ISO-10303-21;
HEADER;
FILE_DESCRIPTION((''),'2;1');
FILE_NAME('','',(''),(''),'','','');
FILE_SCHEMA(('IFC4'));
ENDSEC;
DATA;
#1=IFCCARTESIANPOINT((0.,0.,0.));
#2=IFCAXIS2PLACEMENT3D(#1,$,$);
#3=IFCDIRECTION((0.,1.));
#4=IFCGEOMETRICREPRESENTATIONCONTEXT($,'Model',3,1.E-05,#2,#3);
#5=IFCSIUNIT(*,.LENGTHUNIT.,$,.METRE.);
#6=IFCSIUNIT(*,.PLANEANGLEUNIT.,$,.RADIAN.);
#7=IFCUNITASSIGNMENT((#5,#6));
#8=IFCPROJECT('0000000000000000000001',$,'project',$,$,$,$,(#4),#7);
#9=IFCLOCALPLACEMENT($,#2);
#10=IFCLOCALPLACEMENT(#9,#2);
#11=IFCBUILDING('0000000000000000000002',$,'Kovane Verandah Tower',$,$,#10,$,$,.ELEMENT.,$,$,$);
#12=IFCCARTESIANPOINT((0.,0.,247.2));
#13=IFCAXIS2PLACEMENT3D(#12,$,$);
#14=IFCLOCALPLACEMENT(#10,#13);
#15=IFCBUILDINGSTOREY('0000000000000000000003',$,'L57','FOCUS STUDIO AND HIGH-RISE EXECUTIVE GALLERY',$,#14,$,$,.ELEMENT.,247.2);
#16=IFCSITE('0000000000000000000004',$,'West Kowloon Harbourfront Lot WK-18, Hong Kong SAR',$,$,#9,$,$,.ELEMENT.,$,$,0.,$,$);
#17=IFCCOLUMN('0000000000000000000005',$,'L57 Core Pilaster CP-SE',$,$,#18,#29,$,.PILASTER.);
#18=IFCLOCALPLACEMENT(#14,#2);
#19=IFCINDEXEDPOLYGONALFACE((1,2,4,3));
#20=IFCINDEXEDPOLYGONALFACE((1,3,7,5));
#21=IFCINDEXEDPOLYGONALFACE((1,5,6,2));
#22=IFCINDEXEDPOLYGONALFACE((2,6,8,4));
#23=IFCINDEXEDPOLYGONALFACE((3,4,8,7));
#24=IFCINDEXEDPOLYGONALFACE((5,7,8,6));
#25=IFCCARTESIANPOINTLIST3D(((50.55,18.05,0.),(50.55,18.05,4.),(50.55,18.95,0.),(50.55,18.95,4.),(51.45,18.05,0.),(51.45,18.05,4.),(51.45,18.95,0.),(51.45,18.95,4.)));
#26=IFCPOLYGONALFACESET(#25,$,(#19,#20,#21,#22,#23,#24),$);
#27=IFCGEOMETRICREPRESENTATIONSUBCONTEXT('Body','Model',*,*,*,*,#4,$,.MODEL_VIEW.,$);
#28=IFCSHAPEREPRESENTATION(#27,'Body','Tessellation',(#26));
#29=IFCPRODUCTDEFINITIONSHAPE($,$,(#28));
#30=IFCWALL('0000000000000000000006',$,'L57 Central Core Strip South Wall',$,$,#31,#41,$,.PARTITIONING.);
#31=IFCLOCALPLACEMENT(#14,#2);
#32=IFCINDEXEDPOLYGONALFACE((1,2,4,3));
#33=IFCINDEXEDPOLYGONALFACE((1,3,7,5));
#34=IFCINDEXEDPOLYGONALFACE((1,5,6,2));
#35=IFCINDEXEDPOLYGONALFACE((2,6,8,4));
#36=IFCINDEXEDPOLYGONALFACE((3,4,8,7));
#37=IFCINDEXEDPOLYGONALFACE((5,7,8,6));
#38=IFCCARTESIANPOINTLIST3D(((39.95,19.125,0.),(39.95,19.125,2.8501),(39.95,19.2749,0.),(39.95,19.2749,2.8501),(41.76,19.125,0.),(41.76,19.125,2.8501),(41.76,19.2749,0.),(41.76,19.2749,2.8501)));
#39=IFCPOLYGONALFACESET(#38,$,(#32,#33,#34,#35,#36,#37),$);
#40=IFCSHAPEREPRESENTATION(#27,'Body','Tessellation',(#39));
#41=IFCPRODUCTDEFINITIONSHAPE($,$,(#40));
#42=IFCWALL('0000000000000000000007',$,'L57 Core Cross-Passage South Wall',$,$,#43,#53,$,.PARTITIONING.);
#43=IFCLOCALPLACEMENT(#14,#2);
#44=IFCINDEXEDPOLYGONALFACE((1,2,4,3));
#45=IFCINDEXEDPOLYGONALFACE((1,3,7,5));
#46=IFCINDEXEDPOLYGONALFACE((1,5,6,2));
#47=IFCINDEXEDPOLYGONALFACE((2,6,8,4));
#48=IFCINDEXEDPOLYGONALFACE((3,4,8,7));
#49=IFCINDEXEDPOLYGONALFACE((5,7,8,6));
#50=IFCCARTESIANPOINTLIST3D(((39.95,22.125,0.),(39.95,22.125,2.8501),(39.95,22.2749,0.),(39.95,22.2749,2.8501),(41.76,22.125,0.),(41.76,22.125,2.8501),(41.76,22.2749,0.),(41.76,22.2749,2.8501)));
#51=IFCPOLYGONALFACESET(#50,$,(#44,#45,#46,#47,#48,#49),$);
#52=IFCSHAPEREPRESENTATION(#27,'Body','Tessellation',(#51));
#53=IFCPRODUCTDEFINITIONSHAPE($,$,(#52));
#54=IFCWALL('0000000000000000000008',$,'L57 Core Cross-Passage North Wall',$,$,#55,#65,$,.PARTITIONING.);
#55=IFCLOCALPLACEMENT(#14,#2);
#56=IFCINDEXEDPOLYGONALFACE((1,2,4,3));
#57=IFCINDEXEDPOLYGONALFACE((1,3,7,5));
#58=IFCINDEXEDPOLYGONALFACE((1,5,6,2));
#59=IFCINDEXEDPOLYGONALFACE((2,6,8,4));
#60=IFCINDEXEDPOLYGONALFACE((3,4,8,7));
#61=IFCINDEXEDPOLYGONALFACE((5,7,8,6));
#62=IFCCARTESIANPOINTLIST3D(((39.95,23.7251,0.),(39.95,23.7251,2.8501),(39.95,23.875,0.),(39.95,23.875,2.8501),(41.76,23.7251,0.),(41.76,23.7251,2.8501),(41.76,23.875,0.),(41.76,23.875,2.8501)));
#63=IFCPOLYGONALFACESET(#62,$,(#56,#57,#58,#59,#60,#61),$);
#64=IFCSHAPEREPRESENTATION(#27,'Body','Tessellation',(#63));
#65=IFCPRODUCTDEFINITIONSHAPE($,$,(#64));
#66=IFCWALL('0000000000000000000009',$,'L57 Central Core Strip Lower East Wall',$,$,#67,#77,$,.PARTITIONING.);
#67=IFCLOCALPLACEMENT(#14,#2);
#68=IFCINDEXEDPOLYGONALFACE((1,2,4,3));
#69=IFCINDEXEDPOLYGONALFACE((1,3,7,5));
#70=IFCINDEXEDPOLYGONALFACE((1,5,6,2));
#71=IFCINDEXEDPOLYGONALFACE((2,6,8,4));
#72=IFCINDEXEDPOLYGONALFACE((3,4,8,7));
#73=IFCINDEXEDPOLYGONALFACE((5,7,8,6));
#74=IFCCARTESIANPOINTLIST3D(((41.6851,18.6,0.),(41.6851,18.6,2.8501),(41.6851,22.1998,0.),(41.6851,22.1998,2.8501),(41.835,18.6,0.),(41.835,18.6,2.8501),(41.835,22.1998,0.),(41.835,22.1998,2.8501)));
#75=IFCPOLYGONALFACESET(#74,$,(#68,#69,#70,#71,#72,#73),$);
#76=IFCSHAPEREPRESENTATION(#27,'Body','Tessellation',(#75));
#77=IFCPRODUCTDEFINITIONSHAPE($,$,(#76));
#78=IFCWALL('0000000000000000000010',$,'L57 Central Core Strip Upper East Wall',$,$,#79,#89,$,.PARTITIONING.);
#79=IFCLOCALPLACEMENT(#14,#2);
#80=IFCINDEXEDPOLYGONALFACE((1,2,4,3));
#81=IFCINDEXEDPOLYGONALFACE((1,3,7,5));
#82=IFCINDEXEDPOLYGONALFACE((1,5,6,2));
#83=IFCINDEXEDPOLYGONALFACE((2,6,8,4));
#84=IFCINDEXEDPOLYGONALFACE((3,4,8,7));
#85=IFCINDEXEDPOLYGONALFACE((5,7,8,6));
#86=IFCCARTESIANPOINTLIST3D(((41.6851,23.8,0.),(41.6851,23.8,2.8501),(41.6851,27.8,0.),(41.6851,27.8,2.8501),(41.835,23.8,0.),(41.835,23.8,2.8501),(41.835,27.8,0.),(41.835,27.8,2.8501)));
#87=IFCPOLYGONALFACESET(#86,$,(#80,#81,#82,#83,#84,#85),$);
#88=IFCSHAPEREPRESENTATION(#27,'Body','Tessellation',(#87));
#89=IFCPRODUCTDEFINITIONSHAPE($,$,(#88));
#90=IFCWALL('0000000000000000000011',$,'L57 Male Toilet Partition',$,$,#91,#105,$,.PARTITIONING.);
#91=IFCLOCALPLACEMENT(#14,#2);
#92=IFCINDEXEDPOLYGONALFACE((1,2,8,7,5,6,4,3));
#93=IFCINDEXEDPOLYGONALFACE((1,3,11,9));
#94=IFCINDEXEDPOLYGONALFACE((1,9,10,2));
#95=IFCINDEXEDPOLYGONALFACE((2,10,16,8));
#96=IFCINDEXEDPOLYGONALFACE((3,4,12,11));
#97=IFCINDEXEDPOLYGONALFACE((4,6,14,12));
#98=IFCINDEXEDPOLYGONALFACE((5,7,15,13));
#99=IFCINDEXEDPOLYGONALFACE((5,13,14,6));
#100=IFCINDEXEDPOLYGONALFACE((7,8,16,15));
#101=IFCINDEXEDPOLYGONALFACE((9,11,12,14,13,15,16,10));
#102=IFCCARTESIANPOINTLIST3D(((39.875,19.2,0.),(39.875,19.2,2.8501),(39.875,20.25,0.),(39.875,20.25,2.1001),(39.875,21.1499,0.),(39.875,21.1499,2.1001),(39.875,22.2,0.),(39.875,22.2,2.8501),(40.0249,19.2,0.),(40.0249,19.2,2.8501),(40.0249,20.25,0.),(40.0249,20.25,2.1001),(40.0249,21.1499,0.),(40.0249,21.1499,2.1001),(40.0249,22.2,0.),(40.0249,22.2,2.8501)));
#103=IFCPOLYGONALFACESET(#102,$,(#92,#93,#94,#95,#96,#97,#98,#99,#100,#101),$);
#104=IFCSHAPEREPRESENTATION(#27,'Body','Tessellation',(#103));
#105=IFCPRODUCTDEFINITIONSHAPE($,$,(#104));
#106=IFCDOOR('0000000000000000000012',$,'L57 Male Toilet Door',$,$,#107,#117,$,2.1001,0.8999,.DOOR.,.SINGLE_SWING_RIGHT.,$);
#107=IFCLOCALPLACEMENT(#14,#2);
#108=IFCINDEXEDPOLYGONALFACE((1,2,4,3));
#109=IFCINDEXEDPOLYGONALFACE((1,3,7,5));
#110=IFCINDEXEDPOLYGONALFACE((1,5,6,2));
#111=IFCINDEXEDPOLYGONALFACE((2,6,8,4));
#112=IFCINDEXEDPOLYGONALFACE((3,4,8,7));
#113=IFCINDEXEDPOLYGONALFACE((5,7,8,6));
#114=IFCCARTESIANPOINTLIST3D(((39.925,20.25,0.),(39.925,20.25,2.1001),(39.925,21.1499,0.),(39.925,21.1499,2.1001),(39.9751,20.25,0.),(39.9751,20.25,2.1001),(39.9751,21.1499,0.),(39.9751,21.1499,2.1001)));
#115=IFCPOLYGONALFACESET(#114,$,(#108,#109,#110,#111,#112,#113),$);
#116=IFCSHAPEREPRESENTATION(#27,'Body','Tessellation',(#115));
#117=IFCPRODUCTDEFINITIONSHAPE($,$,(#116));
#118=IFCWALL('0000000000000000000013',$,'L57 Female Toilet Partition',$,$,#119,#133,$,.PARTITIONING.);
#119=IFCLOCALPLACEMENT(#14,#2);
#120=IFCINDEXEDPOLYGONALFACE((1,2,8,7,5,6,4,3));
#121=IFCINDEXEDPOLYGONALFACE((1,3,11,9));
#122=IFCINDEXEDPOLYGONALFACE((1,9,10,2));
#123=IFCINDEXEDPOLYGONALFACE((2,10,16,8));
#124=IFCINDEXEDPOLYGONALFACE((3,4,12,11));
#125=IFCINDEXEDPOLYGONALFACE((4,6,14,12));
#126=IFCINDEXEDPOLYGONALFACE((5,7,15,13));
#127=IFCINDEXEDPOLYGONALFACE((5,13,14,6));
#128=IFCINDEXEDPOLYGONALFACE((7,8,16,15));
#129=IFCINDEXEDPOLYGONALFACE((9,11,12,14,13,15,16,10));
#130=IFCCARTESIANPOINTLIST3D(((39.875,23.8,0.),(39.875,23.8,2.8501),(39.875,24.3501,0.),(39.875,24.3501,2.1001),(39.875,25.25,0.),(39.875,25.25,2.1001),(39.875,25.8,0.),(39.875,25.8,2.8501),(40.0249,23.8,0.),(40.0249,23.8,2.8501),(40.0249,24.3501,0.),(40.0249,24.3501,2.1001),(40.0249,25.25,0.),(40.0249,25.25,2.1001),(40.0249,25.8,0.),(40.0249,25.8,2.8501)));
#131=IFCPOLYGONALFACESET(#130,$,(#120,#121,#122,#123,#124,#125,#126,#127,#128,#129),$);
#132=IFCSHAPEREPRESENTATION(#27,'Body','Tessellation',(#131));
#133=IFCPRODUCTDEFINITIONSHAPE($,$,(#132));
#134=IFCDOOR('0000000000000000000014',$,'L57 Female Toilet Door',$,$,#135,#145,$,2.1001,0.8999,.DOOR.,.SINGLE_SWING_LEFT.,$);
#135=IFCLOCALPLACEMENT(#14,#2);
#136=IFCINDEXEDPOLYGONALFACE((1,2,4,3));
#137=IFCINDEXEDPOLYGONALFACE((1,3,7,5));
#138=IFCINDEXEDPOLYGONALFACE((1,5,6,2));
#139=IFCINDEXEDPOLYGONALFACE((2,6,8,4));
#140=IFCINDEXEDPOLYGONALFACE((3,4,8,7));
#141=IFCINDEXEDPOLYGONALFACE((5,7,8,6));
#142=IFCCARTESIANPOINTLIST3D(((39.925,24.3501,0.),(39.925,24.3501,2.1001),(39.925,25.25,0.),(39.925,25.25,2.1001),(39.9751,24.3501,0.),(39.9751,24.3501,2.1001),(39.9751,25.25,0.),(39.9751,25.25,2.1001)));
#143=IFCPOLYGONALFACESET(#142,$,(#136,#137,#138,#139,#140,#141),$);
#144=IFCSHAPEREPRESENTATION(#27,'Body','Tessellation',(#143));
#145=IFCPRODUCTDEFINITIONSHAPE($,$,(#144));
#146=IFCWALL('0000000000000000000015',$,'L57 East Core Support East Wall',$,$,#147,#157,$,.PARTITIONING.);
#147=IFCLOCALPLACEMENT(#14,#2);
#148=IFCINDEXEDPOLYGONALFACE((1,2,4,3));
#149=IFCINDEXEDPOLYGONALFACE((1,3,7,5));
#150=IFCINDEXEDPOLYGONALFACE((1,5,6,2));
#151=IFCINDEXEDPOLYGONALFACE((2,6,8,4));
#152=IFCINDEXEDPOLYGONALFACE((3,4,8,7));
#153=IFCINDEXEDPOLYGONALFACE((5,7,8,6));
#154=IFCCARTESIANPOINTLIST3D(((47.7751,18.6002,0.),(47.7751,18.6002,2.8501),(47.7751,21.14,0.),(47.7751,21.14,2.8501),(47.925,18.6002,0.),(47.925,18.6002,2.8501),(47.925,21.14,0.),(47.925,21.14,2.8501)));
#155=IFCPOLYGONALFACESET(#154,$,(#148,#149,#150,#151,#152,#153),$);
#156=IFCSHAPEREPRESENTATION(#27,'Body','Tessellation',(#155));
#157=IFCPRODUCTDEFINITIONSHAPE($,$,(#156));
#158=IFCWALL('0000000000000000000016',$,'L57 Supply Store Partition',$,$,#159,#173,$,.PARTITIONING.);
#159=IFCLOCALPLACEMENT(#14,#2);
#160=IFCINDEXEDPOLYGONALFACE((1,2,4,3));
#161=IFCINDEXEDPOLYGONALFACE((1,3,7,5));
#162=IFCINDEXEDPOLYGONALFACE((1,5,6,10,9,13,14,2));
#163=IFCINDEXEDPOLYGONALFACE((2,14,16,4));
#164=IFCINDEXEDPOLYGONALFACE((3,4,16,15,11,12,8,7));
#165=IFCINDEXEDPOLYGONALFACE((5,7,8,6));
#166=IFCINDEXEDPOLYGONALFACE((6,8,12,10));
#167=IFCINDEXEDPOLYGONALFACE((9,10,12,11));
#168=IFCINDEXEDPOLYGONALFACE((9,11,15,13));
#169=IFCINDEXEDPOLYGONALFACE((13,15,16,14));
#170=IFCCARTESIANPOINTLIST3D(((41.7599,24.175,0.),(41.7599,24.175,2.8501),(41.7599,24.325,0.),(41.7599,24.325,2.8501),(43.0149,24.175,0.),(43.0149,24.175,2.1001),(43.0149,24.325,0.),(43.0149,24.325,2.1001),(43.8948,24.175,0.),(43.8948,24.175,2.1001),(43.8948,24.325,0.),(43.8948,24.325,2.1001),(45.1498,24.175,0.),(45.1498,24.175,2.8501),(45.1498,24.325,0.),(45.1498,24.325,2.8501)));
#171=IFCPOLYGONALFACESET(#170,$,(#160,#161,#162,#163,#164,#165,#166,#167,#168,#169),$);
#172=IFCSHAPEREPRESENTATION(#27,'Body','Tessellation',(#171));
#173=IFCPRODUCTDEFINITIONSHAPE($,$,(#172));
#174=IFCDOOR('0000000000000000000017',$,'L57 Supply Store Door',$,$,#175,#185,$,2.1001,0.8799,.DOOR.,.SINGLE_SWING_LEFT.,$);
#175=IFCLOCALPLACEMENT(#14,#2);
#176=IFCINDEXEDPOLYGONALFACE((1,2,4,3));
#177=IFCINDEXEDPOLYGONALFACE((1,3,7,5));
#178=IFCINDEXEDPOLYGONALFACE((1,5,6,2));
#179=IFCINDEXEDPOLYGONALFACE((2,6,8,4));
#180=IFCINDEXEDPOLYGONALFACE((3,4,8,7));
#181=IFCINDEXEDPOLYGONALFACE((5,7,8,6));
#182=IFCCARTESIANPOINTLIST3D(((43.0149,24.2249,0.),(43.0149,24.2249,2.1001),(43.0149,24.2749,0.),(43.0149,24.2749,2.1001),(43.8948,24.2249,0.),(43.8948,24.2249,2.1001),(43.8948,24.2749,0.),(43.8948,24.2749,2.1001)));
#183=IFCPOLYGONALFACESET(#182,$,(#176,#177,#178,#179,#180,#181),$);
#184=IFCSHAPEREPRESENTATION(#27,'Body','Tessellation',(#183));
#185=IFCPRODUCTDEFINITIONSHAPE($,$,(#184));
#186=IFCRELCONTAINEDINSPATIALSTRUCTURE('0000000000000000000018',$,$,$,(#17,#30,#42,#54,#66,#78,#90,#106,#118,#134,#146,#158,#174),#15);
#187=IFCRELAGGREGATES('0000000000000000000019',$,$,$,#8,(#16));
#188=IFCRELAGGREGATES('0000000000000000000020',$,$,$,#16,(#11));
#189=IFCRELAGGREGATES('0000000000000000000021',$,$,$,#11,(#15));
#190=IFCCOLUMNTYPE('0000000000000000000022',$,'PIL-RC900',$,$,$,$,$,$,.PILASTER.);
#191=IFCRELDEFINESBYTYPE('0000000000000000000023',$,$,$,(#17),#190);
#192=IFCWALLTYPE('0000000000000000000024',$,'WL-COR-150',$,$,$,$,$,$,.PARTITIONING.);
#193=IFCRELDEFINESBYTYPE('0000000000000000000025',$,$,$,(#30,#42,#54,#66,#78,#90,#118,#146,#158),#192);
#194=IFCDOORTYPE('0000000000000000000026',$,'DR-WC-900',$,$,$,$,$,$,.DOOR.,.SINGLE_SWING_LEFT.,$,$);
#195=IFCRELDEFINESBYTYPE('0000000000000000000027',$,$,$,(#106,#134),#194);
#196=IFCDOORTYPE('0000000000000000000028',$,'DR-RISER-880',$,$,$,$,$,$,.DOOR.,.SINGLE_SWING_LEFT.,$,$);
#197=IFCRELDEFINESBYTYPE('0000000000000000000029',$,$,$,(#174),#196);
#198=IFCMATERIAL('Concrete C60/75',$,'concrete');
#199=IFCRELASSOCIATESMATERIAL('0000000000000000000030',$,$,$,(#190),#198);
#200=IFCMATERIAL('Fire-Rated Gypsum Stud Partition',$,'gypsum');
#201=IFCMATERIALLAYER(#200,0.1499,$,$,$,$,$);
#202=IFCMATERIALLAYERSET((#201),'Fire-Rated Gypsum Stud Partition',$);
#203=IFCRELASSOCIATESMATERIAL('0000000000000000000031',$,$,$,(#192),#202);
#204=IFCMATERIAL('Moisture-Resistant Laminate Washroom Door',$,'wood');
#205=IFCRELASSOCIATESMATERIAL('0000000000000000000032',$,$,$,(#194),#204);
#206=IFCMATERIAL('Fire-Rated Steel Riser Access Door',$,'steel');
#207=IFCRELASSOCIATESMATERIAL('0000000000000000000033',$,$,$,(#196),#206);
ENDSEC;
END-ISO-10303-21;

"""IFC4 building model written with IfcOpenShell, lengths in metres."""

from ifc_helpers import new_model, si_unit, direction, frame, frame_2d, origin, origin_2d, place, context, subcontext, project, spatial, rectangle, extrude, material, layer, layer_set, material_profile, profile_set, type_object, element, fill, save


model = new_model("IFC4")

# Units and contexts
model_context = context("Model", 3, precision=1e-05, world=origin(), true_north=direction((0.0, 1.0)))
body_context = subcontext(model_context, "Body", "Model", "MODEL_VIEW")
ifc_project = project(units=[si_unit("LENGTHUNIT", "METRE"), si_unit("PLANEANGLEUNIT", "RADIAN")], contexts=[model_context])

# Site, building, storey
site_placement = place(None, origin())
site = spatial("IfcSite", under=ifc_project, at=site_placement, Name="West Kowloon Harbourfront Lot WK-18, Hong Kong SAR", CompositionType="ELEMENT", RefElevation=0.0)
building_placement = place(site_placement, origin())
building = spatial("IfcBuilding", under=site, at=building_placement, Name="Kovane Verandah Tower", CompositionType="ELEMENT")
storey_placement = place(building_placement, frame((0.0, 0.0, 247.2)))
storey = spatial("IfcBuildingStorey", under=building, at=storey_placement, Name="L57", Description="FOCUS STUDIO AND HIGH-RISE EXECUTIVE GALLERY", CompositionType="ELEMENT", Elevation=247.2)

# Column
ifc_material_1 = material(Name="Concrete C60/75", Category="concrete")
ifc_material_profile = material_profile(ifc_material_1, rectangle(XDim=0.8999, YDim=0.8999, at=origin_2d()), Name="RC900x900")
ifc_profile_set = profile_set([ifc_material_profile], Name="Concrete C60/75")
column_type = type_object("IfcColumnType", Name="PIL-RC900", PredefinedType="PILASTER", material=ifc_profile_set)
column_placement = place(storey_placement, frame((51.0, 18.5, 0.0), z_axis=(0.0, 0.0, 1.0), x_axis=(1.0, 0.0, 0.0)))
element("IfcColumn", 1, at=column_placement, inside=storey, type_object=column_type, Name="L57 Core Pilaster CP-SE", PredefinedType="PILASTER", context=body_context, shape_type="SweptSolid", body=[
    extrude(rectangle(XDim=0.8999, YDim=0.8999, at=origin_2d()), origin(), (0.0, 0.0, 1.0), 4.0),
])

# Walls
ifc_material_2 = material(Name="Fire-Rated Gypsum Stud Partition", Category="gypsum")
ifc_layer_1 = layer(ifc_material_2, 0.1499)
ifc_layer_set_1 = layer_set([ifc_layer_1], Name="Fire-Rated Gypsum Stud Partition")
wall_type_1 = type_object("IfcWallType", Name="WL-COR-150", PredefinedType="PARTITIONING", material=ifc_layer_set_1)
for number, where, z_axis, x_axis, name in (
    (2, (39.95, 19.2, 0.0), (0.0, 0.0, 1.0), (1.0, 0.0, 0.0), "L57 Central Core Strip South Wall"),
    (3, (39.95, 22.2, 0.0), (0.0, 0.0, 1.0), (1.0, 0.0, 0.0), "L57 Core Cross-Passage South Wall"),
    (4, (39.95, 23.8, 0.0), (0.0, 0.0, 1.0), (1.0, 0.0, 0.0), "L57 Core Cross-Passage North Wall"),
):
    element("IfcWall", number, at=place(storey_placement, frame(where, z_axis=z_axis, x_axis=x_axis)), inside=storey, type_object=wall_type_1, Name=name, PredefinedType="PARTITIONING", context=body_context, shape_type="SweptSolid", body=[
        extrude(rectangle(XDim=1.8101, YDim=0.1499, at=frame_2d((0.905, 0.0))), origin(), (0.0, 0.0, 1.0), 2.8501),
    ])
wall_1_placement = place(storey_placement, frame((41.76, 18.6001, 0.0), z_axis=(0.0, 0.0, 1.0), x_axis=(0.0, 1.0, 0.0)))
element("IfcWall", 5, at=wall_1_placement, inside=storey, type_object=wall_type_1, Name="L57 Central Core Strip Lower East Wall", PredefinedType="PARTITIONING", context=body_context, shape_type="SweptSolid", body=[
    extrude(rectangle(XDim=3.5999, YDim=0.1499, at=frame_2d((1.7998, 0.0))), origin(), (0.0, 0.0, 1.0), 2.8501),
])
wall_2_placement = place(storey_placement, frame((41.76, 23.8, 0.0), z_axis=(0.0, 0.0, 1.0), x_axis=(0.0, 1.0, 0.0)))
element("IfcWall", 6, at=wall_2_placement, inside=storey, type_object=wall_type_1, Name="L57 Central Core Strip Upper East Wall", PredefinedType="PARTITIONING", context=body_context, shape_type="SweptSolid", body=[
    extrude(rectangle(XDim=4.0, YDim=0.1499, at=frame_2d((2.0, 0.0))), origin(), (0.0, 0.0, 1.0), 2.8501),
])

# Walls, openings, doors
wall_3_placement = place(storey_placement, frame((39.95, 19.2, 0.0), z_axis=(0.0, 0.0, 1.0), x_axis=(0.0, 1.0, 0.0)))
wall_3 = element("IfcWall", 7, at=wall_3_placement, inside=storey, type_object=wall_type_1, Name="L57 Male Toilet Partition", PredefinedType="PARTITIONING", context=body_context, shape_type="SweptSolid", body=[
    extrude(rectangle(XDim=3.0, YDim=0.1499, at=frame_2d((1.5, 0.0))), origin(), (0.0, 0.0, 1.0), 2.8501),
])
opening_1_placement = place(wall_3_placement, frame((1.05, 0.0, 0.0)))
opening_1 = element("IfcOpeningElement", 8, at=opening_1_placement, cuts=wall_3, PredefinedType="OPENING", context=body_context, shape_type="SweptSolid", body=[
    extrude(rectangle(XDim=0.8999, YDim=2.1001, at=frame_2d((0.45, 1.05))), frame((0.0, 0.075, 0.0), z_axis=(0.0, -1.0, 0.0), x_axis=(1.0, 0.0, 0.0)), (0.0, 0.0, 1.0), 0.1499),
])
ifc_material_3 = material(Name="Moisture-Resistant Laminate Washroom Door", Category="wood")
door_type_1 = type_object("IfcDoorType", Name="DR-WC-900", OperationType="SINGLE_SWING_LEFT", PredefinedType="DOOR", material=ifc_material_3)
door_1_placement = place(opening_1_placement, origin())
door_1 = element("IfcDoor", 9, at=door_1_placement, inside=storey, type_object=door_type_1, Name="L57 Male Toilet Door", OperationType="SINGLE_SWING_RIGHT", OverallHeight=2.1001, OverallWidth=0.8999, PredefinedType="DOOR", context=body_context, shape_type="SweptSolid", body=[
    extrude(rectangle(XDim=0.8999, YDim=2.1001, at=frame_2d((0.45, 1.05))), frame((0.0, 0.0249, 0.0), z_axis=(0.0, -1.0, 0.0), x_axis=(1.0, 0.0, 0.0)), (0.0, 0.0, 1.0), 0.05),
])
fill(opening_1, door_1)
wall_4_placement = place(storey_placement, frame((39.95, 23.8, 0.0), z_axis=(0.0, 0.0, 1.0), x_axis=(0.0, 1.0, 0.0)))
wall_4 = element("IfcWall", 10, at=wall_4_placement, inside=storey, type_object=wall_type_1, Name="L57 Female Toilet Partition", PredefinedType="PARTITIONING", context=body_context, shape_type="SweptSolid", body=[
    extrude(rectangle(XDim=2.0, YDim=0.1499, at=frame_2d((1.0, 0.0))), origin(), (0.0, 0.0, 1.0), 2.8501),
])
opening_2_placement = place(wall_4_placement, frame((0.55, 0.0, 0.0)))
opening_2 = element("IfcOpeningElement", 11, at=opening_2_placement, cuts=wall_4, PredefinedType="OPENING", context=body_context, shape_type="SweptSolid", body=[
    extrude(rectangle(XDim=0.8999, YDim=2.1001, at=frame_2d((0.45, 1.05))), frame((0.0, 0.075, 0.0), z_axis=(0.0, -1.0, 0.0), x_axis=(1.0, 0.0, 0.0)), (0.0, 0.0, 1.0), 0.1499),
])
door_2_placement = place(opening_2_placement, origin())
door_2 = element("IfcDoor", 12, at=door_2_placement, inside=storey, type_object=door_type_1, Name="L57 Female Toilet Door", OperationType="SINGLE_SWING_LEFT", OverallHeight=2.1001, OverallWidth=0.8999, PredefinedType="DOOR", context=body_context, shape_type="SweptSolid", body=[
    extrude(rectangle(XDim=0.8999, YDim=2.1001, at=frame_2d((0.45, 1.05))), frame((0.0, 0.0249, 0.0), z_axis=(0.0, -1.0, 0.0), x_axis=(1.0, 0.0, 0.0)), (0.0, 0.0, 1.0), 0.05),
])
fill(opening_2, door_2)

# Wall
wall_5_placement = place(storey_placement, frame((47.8501, 18.6001, 0.0), z_axis=(0.0, 0.0, 1.0), x_axis=(0.0, 1.0, 0.0)))
element("IfcWall", 13, at=wall_5_placement, inside=storey, type_object=wall_type_1, Name="L57 East Core Support East Wall", PredefinedType="PARTITIONING", context=body_context, shape_type="SweptSolid", body=[
    extrude(rectangle(XDim=2.5398, YDim=0.1499, at=frame_2d((1.27, 0.0))), origin(), (0.0, 0.0, 1.0), 2.8501),
])

# Wall, opening, door
wall_6_placement = place(storey_placement, frame((41.76, 24.25, 0.0), z_axis=(0.0, 0.0, 1.0), x_axis=(1.0, 0.0, 0.0)))
wall_6 = element("IfcWall", 14, at=wall_6_placement, inside=storey, type_object=wall_type_1, Name="L57 Supply Store Partition", PredefinedType="PARTITIONING", context=body_context, shape_type="SweptSolid", body=[
    extrude(rectangle(XDim=3.3899, YDim=0.1499, at=frame_2d((1.6948, 0.0))), origin(), (0.0, 0.0, 1.0), 2.8501),
])
opening_3_placement = place(wall_6_placement, frame((1.2549, 0.0, 0.0)))
opening_3 = element("IfcOpeningElement", 15, at=opening_3_placement, cuts=wall_6, PredefinedType="OPENING", context=body_context, shape_type="SweptSolid", body=[
    extrude(rectangle(XDim=0.8799, YDim=2.1001, at=frame_2d((0.4399, 1.05))), frame((0.0, 0.075, 0.0), z_axis=(0.0, -1.0, 0.0), x_axis=(1.0, 0.0, 0.0)), (0.0, 0.0, 1.0), 0.1499),
])
ifc_material_4 = material(Name="Fire-Rated Steel Riser Access Door", Category="steel")
door_type_2 = type_object("IfcDoorType", Name="DR-RISER-880", OperationType="SINGLE_SWING_LEFT", PredefinedType="DOOR", material=ifc_material_4)
door_3_placement = place(opening_3_placement, origin())
door_3 = element("IfcDoor", 16, at=door_3_placement, inside=storey, type_object=door_type_2, Name="L57 Supply Store Door", OperationType="SINGLE_SWING_LEFT", OverallHeight=2.1001, OverallWidth=0.8799, PredefinedType="DOOR", context=body_context, shape_type="SweptSolid", body=[
    extrude(rectangle(XDim=0.8799, YDim=2.1001, at=frame_2d((0.4399, 1.05))), frame((0.0, 0.0249, 0.0), z_axis=(0.0, -1.0, 0.0), x_axis=(1.0, 0.0, 0.0)), (0.0, 0.0, 1.0), 0.05),
])
fill(opening_3, door_3)

save(model, "model.ifc")
